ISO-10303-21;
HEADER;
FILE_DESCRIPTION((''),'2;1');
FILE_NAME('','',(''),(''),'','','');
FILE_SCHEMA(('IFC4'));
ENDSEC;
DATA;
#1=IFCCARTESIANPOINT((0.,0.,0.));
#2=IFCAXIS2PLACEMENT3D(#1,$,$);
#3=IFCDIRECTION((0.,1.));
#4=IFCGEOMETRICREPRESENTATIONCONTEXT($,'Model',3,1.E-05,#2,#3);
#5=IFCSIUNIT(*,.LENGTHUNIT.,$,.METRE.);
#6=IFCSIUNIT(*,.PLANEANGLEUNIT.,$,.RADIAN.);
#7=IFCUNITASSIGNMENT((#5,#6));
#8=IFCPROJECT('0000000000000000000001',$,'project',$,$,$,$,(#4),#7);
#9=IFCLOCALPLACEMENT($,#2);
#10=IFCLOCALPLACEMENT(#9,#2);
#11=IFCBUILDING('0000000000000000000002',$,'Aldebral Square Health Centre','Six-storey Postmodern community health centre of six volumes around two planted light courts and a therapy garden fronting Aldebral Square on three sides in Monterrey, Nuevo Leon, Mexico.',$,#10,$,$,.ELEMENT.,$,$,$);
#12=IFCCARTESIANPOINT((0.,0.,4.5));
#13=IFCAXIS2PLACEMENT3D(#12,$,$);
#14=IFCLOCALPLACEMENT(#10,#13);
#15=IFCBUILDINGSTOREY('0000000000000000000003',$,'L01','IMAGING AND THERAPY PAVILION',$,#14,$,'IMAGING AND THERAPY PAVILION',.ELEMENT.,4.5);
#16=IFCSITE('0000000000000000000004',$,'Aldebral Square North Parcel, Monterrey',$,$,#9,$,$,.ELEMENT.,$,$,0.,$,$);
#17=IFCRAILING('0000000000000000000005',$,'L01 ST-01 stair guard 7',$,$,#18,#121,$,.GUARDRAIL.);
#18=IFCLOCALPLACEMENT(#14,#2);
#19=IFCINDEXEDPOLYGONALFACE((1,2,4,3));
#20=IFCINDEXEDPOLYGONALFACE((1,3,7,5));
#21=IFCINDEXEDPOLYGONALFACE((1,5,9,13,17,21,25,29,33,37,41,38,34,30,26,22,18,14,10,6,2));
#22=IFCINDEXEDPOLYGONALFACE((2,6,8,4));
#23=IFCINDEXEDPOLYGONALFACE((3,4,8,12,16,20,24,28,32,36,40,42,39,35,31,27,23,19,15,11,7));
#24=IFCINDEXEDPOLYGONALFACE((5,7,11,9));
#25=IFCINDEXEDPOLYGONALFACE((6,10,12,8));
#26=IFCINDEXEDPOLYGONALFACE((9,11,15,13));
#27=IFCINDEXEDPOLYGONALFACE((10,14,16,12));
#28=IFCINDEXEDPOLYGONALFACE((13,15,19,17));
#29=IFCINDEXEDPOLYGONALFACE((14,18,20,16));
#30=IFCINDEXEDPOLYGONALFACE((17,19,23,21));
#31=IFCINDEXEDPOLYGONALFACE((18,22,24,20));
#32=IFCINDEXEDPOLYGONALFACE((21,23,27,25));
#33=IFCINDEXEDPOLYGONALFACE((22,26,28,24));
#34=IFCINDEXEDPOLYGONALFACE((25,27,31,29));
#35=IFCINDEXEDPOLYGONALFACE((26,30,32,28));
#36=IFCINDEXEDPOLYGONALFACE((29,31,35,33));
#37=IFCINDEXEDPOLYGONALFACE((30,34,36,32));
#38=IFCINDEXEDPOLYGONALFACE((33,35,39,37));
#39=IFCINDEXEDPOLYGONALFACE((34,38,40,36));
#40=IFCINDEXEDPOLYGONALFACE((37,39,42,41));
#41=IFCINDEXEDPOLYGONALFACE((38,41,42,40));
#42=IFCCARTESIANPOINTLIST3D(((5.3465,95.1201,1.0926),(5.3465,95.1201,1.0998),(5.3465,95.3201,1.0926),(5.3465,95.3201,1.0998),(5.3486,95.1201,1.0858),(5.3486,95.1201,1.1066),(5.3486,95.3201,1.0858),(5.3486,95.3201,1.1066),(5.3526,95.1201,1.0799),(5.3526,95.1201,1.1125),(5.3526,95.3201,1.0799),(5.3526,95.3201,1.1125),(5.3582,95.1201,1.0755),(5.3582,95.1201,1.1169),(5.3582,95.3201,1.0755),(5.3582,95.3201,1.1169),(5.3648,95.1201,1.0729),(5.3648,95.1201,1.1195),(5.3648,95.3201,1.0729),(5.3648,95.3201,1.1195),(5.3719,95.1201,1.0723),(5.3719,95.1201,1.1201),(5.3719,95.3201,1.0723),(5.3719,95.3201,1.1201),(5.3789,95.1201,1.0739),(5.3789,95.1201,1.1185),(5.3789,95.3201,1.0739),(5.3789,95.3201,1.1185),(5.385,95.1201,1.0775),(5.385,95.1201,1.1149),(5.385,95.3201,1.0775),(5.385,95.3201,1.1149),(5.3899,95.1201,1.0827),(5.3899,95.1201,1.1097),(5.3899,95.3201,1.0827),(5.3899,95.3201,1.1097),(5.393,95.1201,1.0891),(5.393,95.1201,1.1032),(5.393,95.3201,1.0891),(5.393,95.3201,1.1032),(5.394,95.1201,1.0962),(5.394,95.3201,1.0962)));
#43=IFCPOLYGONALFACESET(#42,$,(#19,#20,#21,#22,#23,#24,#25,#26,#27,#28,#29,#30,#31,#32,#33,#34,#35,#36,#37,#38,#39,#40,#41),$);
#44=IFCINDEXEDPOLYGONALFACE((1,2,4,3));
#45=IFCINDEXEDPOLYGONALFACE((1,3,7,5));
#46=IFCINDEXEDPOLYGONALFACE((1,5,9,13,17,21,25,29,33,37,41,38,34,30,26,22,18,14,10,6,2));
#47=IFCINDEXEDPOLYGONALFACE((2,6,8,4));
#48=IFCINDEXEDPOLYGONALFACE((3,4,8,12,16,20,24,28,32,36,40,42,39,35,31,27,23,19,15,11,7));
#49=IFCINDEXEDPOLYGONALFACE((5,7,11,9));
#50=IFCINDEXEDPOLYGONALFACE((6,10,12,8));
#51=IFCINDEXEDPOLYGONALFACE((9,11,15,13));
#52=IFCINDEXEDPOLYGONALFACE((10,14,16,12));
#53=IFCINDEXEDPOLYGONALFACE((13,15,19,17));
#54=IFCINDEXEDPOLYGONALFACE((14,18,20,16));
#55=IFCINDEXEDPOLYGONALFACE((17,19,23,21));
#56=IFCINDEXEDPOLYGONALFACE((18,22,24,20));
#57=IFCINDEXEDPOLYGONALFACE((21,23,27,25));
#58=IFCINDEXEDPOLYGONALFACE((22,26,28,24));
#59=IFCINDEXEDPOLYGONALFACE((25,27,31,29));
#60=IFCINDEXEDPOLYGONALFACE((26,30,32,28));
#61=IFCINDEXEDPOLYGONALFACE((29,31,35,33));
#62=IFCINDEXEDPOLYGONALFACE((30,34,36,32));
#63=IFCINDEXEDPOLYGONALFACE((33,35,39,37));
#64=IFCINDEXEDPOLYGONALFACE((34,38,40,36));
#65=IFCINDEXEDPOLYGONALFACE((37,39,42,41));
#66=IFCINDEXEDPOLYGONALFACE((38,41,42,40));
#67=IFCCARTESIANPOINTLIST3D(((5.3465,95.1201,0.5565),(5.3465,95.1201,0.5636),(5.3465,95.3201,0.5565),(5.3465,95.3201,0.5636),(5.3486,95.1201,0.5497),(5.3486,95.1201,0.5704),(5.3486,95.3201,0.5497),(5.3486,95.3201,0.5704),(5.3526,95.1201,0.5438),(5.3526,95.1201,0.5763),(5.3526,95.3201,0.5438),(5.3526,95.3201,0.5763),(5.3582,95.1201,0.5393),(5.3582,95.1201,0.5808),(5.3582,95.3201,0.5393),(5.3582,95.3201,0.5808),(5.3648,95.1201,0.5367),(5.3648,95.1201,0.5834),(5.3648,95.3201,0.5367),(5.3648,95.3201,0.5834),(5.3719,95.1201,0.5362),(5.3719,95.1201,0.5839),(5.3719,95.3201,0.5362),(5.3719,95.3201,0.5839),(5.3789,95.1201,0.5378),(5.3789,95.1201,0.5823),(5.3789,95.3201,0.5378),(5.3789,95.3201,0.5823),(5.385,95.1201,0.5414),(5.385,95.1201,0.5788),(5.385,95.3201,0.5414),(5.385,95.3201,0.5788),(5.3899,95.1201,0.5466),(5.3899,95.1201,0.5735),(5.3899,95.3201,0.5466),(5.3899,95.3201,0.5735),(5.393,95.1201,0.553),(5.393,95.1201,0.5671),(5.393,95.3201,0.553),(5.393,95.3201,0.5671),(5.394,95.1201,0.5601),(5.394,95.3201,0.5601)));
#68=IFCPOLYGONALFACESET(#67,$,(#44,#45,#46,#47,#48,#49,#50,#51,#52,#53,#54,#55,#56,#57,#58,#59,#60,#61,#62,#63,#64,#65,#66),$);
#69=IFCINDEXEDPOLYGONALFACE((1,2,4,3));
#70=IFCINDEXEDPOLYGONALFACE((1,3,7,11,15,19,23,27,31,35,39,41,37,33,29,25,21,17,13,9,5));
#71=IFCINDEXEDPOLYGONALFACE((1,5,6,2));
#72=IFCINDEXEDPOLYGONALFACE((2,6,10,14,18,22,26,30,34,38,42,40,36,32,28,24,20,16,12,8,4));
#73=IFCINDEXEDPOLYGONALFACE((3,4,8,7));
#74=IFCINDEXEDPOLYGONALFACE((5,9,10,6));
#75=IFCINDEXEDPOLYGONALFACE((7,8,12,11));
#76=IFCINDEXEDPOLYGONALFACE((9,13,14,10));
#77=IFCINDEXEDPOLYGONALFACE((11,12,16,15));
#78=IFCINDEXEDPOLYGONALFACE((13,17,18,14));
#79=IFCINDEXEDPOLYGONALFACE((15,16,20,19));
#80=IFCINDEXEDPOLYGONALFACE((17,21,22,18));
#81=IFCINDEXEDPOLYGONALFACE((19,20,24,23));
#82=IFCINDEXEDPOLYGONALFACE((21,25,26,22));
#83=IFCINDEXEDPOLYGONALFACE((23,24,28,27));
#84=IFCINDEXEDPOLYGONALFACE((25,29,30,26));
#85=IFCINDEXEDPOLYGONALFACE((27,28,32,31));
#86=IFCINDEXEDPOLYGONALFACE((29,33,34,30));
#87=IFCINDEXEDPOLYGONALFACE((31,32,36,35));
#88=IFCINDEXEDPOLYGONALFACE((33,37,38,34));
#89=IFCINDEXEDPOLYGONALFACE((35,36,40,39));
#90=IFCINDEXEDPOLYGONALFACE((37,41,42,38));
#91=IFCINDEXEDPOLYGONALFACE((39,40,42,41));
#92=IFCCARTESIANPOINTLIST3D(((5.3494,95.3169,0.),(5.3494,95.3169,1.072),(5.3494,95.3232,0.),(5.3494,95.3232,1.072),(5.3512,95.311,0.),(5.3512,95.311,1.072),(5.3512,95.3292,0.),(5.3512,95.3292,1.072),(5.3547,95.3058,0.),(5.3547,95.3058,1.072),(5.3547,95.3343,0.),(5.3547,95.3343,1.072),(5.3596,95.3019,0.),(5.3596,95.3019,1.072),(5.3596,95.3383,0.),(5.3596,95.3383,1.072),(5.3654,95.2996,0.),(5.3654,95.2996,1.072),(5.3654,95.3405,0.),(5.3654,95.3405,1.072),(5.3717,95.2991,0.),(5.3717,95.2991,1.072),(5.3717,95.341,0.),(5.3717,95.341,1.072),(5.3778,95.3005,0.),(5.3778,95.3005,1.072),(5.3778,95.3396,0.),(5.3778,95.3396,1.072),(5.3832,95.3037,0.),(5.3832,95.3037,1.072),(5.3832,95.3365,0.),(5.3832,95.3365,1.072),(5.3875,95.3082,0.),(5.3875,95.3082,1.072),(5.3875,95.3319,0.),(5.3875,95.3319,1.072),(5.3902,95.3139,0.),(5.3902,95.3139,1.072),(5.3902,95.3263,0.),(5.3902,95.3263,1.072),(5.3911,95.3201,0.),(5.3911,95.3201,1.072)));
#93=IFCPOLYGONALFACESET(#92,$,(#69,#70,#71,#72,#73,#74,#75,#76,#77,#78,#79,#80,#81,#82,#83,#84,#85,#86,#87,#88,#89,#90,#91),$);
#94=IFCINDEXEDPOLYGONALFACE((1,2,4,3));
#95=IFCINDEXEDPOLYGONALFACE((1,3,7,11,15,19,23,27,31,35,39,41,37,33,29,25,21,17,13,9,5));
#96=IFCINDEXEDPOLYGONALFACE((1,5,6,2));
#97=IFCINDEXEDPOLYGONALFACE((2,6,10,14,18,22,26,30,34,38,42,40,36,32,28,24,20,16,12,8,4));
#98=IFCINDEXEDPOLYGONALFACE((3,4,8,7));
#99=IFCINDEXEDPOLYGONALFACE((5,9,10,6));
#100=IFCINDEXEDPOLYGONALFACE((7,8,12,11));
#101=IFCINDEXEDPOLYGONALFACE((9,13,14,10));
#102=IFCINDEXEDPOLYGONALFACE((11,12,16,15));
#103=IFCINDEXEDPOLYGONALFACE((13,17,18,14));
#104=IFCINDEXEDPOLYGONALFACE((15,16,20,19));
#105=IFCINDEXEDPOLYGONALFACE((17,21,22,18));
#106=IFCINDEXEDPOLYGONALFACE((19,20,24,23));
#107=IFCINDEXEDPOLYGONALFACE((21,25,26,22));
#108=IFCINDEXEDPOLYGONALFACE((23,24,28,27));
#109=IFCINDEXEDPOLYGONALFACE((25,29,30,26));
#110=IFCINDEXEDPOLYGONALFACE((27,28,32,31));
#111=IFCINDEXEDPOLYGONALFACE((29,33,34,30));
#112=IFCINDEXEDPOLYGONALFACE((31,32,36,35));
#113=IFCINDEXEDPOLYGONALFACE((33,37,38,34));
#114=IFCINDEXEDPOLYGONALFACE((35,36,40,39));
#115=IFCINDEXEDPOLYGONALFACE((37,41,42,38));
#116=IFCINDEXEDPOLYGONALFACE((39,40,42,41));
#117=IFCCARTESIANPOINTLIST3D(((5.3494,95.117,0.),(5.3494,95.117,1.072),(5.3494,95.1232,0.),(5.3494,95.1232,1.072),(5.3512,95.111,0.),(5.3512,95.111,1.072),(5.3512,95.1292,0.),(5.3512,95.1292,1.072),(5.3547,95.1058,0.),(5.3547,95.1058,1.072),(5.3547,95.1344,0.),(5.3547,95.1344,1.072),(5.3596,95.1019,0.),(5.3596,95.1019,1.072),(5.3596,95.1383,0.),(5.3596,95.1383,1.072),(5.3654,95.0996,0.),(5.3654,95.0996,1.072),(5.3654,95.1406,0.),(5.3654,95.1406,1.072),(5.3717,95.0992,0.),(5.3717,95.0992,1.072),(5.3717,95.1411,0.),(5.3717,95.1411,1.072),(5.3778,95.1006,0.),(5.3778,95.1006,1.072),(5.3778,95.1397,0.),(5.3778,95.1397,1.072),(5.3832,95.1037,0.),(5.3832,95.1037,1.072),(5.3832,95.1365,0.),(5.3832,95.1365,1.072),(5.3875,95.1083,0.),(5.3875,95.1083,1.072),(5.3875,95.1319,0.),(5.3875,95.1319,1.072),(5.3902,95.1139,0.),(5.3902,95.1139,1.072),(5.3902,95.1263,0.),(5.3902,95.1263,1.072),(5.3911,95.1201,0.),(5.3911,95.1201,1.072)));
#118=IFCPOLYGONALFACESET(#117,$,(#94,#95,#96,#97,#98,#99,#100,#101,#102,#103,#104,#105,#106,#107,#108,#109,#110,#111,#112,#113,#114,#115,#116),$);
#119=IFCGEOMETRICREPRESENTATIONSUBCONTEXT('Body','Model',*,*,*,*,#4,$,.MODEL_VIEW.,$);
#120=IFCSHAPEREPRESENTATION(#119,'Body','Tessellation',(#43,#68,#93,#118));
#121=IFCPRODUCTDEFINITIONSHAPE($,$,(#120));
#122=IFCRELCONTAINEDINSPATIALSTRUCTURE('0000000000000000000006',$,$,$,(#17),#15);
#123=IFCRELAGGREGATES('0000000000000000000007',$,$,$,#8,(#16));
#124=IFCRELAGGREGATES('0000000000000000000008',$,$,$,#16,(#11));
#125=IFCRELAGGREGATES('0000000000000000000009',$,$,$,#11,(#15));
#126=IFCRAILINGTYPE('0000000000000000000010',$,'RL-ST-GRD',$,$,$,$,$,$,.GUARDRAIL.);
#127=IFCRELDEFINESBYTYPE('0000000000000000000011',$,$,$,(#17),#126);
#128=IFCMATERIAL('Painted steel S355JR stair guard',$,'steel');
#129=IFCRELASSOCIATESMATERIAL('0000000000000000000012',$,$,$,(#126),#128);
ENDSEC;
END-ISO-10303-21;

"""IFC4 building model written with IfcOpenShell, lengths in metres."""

from ifc_helpers import new_model, si_unit, direction, frame, origin, origin_2d, place, context, subcontext, project, spatial, circle, extrude, material, type_object, element, save


model = new_model("IFC4")

# Units and contexts
model_context = context("Model", 3, precision=1e-05, world=origin(), true_north=direction((0.0, 1.0)))
body_context = subcontext(model_context, "Body", "Model", "MODEL_VIEW")
ifc_project = project(units=[si_unit("LENGTHUNIT", "METRE"), si_unit("PLANEANGLEUNIT", "RADIAN")], contexts=[model_context])

# Site, building, storey
site_placement = place(None, origin())
site = spatial("IfcSite", under=ifc_project, at=site_placement, Name="Aldebral Square North Parcel, Monterrey", CompositionType="ELEMENT", RefElevation=0.0)
building_placement = place(site_placement, origin())
building = spatial("IfcBuilding", under=site, at=building_placement, Name="Aldebral Square Health Centre", Description="Six-storey Postmodern community health centre of six volumes around two planted light courts and a therapy garden fronting Aldebral Square on three sides in Monterrey, Nuevo Leon, Mexico.", CompositionType="ELEMENT")
storey_placement = place(building_placement, frame((0.0, 0.0, 4.5)))
storey = spatial("IfcBuildingStorey", under=building, at=storey_placement, Name="L01", Description="IMAGING AND THERAPY PAVILION", LongName="IMAGING AND THERAPY PAVILION", CompositionType="ELEMENT", Elevation=4.5)

# Railing
ifc_material_1 = material(Name="Painted steel S355JR stair guard", Category="steel")
railing_type = type_object("IfcRailingType", Name="RL-ST-GRD", PredefinedType="GUARDRAIL", material=ifc_material_1)
railing_1_placement = place(storey_placement, frame((5.3701, 95.3201, 0.0)))
element("IfcRailing", 1, at=railing_1_placement, inside=storey, type_object=railing_type, Name="L01 ST-01 stair guard 7", PredefinedType="GUARDRAIL", context=body_context, shape_type="SweptSolid", body=[
    extrude(circle(Radius=0.0239, at=origin_2d()), frame((0.0, 0.0, 1.0962), z_axis=(0.0, -1.0, 0.0), x_axis=(1.0, 0.0, 0.0)), (0.0, 0.0, 1.0), 0.2),
    extrude(circle(Radius=0.0239, at=origin_2d()), frame((0.0, 0.0, 0.5601), z_axis=(0.0, -1.0, 0.0), x_axis=(1.0, 0.0, 0.0)), (0.0, 0.0, 1.0), 0.2),
    extrude(circle(Radius=0.021, at=origin_2d()), origin(), (0.0, 0.0, 1.0), 1.072),
    extrude(circle(Radius=0.021, at=origin_2d()), frame((0.0, -0.2, 0.0)), (0.0, 0.0, 1.0), 1.072),
])

save(model, "model.ifc")
